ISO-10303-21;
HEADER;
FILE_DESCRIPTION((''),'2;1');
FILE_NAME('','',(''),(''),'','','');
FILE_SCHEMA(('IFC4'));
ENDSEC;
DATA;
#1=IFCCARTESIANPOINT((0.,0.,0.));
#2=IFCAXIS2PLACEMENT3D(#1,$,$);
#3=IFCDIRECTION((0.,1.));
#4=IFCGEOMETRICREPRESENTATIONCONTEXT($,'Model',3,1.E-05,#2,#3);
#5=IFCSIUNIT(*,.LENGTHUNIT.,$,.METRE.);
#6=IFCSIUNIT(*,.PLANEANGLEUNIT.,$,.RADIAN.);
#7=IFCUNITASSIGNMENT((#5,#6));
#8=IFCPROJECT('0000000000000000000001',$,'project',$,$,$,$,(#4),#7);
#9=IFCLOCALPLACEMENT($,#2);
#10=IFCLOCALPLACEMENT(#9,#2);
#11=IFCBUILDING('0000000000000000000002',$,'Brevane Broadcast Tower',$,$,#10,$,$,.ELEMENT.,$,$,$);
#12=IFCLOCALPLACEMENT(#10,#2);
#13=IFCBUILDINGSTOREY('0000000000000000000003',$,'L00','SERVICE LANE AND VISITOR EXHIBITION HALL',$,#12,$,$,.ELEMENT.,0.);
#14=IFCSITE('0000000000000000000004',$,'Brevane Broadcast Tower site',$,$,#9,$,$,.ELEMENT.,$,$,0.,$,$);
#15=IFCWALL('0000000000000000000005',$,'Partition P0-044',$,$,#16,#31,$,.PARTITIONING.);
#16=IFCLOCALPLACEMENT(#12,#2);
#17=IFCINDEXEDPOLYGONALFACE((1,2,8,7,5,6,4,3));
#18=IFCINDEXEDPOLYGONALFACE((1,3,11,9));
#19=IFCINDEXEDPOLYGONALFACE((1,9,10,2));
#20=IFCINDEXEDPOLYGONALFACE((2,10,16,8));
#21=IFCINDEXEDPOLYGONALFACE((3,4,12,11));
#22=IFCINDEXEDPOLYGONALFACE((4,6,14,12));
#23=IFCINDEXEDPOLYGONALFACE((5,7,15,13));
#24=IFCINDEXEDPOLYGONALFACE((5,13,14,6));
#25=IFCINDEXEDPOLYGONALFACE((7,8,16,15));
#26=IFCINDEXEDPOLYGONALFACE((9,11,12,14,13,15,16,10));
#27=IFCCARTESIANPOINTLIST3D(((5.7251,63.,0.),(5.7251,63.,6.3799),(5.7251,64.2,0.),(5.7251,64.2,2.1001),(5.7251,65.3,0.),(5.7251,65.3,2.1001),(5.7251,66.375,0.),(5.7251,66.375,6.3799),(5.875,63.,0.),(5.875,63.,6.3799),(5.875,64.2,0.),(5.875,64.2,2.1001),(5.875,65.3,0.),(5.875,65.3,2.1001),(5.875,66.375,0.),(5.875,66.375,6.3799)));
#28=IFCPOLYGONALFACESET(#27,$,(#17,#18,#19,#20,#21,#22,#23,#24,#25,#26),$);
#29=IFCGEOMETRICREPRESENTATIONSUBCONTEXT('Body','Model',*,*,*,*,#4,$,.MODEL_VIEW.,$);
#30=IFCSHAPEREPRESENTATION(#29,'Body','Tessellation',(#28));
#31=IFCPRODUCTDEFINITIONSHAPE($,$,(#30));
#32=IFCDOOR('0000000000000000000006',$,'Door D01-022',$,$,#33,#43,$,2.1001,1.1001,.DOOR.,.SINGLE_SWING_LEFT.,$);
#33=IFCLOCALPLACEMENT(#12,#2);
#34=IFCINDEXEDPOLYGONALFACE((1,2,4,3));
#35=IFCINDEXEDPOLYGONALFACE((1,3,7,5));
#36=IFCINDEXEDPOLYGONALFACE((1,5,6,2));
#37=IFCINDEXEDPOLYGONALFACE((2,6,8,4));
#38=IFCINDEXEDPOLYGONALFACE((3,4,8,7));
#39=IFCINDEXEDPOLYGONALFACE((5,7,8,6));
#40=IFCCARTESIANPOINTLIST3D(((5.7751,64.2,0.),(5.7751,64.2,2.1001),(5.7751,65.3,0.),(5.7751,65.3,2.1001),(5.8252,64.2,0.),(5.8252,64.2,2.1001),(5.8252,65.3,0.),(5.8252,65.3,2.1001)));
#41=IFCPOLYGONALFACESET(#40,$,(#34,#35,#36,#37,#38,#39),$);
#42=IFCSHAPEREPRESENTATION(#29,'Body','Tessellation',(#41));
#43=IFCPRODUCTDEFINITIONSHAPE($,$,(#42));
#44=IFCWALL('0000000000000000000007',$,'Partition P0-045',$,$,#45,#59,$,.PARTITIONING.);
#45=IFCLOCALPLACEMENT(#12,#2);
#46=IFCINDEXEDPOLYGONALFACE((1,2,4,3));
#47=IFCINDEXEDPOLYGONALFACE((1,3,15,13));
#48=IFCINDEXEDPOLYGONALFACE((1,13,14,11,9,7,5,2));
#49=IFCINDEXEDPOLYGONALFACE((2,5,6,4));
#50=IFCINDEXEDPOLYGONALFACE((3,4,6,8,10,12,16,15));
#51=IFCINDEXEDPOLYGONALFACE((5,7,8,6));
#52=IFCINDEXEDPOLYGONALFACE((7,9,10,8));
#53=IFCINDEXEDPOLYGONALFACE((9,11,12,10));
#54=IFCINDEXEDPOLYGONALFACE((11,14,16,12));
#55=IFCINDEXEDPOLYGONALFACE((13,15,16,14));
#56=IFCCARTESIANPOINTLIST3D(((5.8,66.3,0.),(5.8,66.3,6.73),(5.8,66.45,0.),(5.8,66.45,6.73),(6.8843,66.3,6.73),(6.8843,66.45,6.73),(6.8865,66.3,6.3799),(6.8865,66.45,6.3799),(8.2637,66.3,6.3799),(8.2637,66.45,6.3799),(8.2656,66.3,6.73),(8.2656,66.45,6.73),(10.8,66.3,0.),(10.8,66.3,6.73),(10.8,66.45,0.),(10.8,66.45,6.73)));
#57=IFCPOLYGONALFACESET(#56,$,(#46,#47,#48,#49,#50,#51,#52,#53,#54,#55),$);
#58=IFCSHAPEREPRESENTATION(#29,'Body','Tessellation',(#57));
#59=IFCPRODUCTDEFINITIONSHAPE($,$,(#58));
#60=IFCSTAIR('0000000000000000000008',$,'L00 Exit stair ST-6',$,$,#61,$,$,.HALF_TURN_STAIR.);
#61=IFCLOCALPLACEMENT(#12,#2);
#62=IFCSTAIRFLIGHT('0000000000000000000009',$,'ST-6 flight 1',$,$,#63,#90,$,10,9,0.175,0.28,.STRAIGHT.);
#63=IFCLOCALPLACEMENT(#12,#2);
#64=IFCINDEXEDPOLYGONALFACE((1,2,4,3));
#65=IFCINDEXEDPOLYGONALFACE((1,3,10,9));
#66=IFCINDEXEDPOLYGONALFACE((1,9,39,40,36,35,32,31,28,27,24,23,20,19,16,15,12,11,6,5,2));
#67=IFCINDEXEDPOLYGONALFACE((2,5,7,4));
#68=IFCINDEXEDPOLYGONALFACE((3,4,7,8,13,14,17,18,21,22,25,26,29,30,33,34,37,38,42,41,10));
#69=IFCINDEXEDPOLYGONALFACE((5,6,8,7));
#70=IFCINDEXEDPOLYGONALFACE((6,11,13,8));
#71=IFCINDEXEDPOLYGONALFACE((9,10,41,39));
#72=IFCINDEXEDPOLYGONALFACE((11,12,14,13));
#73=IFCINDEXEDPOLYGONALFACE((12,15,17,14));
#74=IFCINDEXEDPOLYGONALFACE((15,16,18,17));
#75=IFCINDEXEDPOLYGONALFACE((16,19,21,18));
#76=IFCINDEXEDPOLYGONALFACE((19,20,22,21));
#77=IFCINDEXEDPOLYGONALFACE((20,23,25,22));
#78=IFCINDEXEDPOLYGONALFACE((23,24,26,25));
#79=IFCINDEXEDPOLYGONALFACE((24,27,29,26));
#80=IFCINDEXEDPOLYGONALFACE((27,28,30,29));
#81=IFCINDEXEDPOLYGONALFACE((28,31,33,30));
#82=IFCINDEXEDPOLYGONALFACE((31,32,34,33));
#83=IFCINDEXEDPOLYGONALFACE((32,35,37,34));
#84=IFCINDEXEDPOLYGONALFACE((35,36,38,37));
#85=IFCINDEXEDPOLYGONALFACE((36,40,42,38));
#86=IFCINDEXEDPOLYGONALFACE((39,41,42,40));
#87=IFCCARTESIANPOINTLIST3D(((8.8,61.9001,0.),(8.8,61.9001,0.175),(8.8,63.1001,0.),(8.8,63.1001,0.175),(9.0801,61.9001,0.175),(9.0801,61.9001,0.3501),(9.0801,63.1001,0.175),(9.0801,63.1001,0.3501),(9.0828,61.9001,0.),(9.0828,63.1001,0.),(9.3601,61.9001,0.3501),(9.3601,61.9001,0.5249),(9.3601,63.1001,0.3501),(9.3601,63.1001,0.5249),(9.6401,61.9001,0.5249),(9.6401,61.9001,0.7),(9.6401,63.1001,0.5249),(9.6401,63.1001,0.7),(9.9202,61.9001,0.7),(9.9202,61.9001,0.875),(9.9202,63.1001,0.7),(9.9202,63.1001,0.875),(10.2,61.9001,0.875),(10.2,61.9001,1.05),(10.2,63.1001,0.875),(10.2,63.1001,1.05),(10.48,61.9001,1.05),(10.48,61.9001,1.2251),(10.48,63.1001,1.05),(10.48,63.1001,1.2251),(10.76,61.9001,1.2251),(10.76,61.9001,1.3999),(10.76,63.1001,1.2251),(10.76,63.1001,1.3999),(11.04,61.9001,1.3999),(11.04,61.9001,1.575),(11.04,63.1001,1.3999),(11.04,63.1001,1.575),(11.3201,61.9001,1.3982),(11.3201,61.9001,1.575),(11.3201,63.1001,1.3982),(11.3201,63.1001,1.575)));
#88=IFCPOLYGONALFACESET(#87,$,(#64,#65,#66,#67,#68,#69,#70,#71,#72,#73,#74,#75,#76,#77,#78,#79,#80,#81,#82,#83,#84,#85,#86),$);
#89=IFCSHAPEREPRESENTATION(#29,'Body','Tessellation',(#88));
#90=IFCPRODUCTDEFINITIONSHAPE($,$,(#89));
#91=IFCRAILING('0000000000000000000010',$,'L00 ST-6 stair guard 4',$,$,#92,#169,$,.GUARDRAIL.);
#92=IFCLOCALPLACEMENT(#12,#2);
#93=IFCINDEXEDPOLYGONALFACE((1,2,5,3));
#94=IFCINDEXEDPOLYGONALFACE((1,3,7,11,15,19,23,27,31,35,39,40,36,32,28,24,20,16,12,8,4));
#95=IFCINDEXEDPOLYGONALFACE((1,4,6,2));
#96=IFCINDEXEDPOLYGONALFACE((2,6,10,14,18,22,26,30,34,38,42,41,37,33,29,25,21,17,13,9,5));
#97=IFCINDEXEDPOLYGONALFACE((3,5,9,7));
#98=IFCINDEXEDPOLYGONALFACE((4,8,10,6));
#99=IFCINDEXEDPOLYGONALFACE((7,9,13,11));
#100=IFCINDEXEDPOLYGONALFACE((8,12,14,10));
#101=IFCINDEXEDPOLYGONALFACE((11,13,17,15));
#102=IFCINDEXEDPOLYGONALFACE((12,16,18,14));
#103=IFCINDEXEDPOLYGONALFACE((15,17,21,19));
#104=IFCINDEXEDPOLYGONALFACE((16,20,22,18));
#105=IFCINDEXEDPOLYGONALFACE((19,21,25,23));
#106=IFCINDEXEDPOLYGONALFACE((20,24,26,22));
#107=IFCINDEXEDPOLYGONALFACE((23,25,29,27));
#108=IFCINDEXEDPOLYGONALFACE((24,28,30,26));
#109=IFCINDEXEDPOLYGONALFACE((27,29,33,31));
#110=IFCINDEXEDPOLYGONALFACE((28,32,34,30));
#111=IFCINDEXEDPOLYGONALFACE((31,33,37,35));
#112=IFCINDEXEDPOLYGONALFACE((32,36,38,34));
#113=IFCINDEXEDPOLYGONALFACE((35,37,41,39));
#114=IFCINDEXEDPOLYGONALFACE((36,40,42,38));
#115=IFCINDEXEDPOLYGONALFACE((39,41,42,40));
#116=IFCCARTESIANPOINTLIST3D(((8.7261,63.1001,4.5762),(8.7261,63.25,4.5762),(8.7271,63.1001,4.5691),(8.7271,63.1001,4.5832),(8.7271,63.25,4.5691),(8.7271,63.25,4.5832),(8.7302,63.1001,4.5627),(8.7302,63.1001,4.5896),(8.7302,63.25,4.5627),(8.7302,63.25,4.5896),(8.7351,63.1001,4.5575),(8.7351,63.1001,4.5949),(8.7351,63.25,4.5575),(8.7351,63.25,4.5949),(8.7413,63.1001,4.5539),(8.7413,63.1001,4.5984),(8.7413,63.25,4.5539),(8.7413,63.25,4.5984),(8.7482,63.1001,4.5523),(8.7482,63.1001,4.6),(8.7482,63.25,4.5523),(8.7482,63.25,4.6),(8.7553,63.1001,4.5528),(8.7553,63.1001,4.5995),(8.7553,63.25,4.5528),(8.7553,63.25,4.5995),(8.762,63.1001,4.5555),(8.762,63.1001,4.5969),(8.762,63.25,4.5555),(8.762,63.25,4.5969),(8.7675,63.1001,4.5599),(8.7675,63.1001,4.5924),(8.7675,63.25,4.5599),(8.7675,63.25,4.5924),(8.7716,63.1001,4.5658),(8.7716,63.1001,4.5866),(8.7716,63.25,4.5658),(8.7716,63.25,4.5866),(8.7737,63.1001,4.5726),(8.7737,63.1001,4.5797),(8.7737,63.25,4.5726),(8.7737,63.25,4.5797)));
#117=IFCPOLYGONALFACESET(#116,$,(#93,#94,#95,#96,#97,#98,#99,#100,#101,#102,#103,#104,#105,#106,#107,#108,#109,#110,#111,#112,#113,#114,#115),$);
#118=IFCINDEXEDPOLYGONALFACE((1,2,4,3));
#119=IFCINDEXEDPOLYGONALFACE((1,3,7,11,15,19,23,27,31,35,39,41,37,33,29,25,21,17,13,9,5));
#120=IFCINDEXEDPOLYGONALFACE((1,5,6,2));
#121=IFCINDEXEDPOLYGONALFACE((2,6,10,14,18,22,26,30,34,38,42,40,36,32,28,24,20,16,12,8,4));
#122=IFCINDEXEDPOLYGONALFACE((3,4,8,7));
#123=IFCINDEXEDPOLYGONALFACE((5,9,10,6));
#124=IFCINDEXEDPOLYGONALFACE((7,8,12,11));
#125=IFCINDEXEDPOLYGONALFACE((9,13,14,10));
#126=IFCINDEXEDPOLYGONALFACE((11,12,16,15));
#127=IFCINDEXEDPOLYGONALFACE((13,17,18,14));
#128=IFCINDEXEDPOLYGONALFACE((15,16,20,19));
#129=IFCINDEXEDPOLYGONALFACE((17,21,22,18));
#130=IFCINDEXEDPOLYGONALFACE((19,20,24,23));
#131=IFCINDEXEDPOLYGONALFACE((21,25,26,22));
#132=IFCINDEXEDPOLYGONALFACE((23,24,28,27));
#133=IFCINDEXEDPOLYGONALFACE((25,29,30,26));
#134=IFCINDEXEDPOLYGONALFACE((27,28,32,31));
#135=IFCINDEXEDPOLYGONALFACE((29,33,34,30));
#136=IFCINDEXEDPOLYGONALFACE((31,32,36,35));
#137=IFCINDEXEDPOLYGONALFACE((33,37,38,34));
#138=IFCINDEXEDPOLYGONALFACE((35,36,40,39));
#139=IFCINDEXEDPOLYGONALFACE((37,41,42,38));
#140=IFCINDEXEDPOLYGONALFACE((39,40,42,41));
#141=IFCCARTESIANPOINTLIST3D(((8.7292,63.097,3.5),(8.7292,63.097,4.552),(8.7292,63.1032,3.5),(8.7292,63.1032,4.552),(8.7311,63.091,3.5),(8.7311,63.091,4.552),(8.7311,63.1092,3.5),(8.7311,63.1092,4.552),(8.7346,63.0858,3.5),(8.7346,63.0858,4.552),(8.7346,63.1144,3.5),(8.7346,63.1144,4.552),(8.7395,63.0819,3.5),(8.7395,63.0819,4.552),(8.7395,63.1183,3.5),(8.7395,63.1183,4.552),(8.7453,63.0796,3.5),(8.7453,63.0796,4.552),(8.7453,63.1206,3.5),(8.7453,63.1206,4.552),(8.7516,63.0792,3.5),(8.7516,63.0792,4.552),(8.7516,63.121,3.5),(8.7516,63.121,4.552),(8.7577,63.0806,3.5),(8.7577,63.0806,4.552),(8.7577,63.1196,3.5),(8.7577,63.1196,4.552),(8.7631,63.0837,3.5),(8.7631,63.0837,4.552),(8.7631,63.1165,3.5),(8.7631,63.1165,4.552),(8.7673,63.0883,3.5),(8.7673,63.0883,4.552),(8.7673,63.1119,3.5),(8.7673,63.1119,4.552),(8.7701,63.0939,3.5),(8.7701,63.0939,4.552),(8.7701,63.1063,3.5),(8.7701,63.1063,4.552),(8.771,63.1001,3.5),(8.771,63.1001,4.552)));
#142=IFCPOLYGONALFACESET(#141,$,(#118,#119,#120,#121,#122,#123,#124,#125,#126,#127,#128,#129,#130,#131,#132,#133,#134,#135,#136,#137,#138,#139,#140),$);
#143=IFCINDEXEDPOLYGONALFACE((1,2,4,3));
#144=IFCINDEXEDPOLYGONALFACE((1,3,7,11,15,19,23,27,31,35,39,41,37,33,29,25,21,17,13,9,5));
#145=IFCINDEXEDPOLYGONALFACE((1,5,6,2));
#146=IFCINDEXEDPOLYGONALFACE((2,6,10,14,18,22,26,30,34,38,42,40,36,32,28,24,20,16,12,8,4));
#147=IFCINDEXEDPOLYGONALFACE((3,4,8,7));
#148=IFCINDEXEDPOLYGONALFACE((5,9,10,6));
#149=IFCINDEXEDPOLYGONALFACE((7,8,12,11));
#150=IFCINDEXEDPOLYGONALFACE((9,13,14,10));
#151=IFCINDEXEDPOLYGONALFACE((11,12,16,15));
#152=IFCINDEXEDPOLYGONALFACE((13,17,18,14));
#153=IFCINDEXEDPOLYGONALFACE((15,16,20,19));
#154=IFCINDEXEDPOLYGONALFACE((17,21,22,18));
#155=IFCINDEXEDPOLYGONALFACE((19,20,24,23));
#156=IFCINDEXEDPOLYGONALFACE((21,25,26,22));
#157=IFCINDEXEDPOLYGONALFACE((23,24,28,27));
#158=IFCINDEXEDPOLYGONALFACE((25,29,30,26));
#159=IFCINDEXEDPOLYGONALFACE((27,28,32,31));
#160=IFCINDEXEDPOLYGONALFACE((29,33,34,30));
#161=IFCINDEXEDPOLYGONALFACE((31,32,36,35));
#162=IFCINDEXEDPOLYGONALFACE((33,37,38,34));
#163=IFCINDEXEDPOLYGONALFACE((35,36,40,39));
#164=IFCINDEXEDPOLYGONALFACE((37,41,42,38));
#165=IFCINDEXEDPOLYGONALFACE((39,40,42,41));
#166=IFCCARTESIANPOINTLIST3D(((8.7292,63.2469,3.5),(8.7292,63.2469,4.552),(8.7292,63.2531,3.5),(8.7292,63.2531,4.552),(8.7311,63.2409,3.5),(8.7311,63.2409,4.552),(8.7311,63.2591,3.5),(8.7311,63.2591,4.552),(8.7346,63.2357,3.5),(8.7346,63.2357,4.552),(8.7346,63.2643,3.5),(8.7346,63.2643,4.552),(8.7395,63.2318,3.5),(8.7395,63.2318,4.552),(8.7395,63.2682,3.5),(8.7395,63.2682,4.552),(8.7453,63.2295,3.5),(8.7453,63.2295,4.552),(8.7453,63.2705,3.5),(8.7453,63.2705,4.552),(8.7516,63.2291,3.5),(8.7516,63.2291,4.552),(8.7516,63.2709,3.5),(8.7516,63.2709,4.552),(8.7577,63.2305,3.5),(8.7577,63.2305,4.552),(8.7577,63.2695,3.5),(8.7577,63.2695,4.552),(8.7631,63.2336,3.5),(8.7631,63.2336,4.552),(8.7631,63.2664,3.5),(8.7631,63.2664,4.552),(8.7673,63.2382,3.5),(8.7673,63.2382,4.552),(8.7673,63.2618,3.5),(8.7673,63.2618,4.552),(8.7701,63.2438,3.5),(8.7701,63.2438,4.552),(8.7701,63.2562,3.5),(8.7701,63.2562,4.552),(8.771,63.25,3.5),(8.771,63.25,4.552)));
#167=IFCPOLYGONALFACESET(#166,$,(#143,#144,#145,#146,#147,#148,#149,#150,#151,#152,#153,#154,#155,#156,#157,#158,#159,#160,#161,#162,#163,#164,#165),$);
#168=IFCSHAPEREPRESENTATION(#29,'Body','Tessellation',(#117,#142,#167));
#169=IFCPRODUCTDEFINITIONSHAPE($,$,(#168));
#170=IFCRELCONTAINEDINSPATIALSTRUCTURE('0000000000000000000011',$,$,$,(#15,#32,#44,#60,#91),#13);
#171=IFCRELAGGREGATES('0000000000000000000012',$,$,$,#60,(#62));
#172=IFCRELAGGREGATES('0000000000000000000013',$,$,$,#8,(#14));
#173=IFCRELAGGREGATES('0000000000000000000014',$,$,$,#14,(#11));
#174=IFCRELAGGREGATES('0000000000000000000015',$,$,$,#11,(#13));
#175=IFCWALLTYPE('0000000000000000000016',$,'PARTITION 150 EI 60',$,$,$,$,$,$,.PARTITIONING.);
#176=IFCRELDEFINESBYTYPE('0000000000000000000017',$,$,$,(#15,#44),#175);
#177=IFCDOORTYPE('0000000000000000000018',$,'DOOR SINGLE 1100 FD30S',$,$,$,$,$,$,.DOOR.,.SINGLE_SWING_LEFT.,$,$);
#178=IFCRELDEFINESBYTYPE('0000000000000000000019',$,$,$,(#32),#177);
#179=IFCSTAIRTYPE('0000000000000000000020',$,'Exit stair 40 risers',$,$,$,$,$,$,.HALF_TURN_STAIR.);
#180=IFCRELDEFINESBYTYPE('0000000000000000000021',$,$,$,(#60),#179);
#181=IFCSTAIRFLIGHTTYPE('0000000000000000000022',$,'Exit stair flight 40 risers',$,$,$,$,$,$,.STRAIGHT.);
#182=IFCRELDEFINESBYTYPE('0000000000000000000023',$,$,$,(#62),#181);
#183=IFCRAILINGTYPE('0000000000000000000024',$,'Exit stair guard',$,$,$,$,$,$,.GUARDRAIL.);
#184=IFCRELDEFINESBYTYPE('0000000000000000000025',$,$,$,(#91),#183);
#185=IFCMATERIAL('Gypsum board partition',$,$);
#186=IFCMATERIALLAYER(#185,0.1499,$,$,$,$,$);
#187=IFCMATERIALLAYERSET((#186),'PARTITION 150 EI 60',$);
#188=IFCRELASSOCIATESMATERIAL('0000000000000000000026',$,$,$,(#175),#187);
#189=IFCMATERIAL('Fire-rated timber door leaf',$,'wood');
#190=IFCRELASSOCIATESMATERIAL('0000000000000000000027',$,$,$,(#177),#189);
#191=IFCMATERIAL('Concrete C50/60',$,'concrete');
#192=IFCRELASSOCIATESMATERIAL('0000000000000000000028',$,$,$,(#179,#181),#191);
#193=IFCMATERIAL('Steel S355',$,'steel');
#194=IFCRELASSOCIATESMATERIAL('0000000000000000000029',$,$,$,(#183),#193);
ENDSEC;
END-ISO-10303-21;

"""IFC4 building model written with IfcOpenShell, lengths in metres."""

from ifc_helpers import new_model, si_unit, direction, frame, frame_2d, origin, origin_2d, place, context, subcontext, project, spatial, polyline, rectangle, circle, outline, extrude, material, layer, layer_set, type_object, element, fill, aggregate, save


model = new_model("IFC4")

# Units and contexts
model_context = context("Model", 3, precision=1e-05, world=origin(), true_north=direction((0.0, 1.0)))
body_context = subcontext(model_context, "Body", "Model", "MODEL_VIEW")
ifc_project = project(units=[si_unit("LENGTHUNIT", "METRE"), si_unit("PLANEANGLEUNIT", "RADIAN")], contexts=[model_context])

# Site, building, storey
site_placement = place(None, origin())
site = spatial("IfcSite", under=ifc_project, at=site_placement, Name="Brevane Broadcast Tower site", CompositionType="ELEMENT", RefElevation=0.0)
building_placement = place(site_placement, origin())
building = spatial("IfcBuilding", under=site, at=building_placement, Name="Brevane Broadcast Tower", CompositionType="ELEMENT")
storey_placement = place(building_placement, origin())
storey = spatial("IfcBuildingStorey", under=building, at=storey_placement, Name="L00", Description="SERVICE LANE AND VISITOR EXHIBITION HALL", CompositionType="ELEMENT", Elevation=0.0)

# Shared definitions
ifc_material_1 = material(Name="Gypsum board partition")

# Wall, opening, door
ifc_layer_1 = layer(ifc_material_1, 0.1499)
ifc_layer_set_1 = layer_set([ifc_layer_1], Name="PARTITION 150 EI 60")
wall_type_1 = type_object("IfcWallType", Name="PARTITION 150 EI 60", PredefinedType="PARTITIONING", material=ifc_layer_set_1)
wall_1_placement = place(storey_placement, frame((5.8, 63.0, 0.0), z_axis=(0.0, 0.0, 1.0), x_axis=(0.0, 1.0, 0.0)))
wall_1 = element("IfcWall", 1, at=wall_1_placement, inside=storey, type_object=wall_type_1, Name="Partition P0-044", PredefinedType="PARTITIONING", context=body_context, shape_type="SweptSolid", body=[
    extrude(rectangle(XDim=3.375, YDim=0.1499, at=frame_2d((1.6875, 0.0))), origin(), (0.0, 0.0, 1.0), 6.3799),
])
opening_placement = place(wall_1_placement, frame((1.2, 0.0, 0.0)))
opening = element("IfcOpeningElement", 2, at=opening_placement, cuts=wall_1, PredefinedType="OPENING", context=body_context, shape_type="SweptSolid", body=[
    extrude(rectangle(XDim=1.1001, YDim=2.1001, at=frame_2d((0.55, 1.05))), frame((0.0, 0.085, 0.0), z_axis=(0.0, -1.0, 0.0), x_axis=(1.0, 0.0, 0.0)), (0.0, 0.0, 1.0), 0.1699),
])
ifc_material_2 = material(Name="Fire-rated timber door leaf", Category="wood")
door_type = type_object("IfcDoorType", Name="DOOR SINGLE 1100 FD30S", OperationType="SINGLE_SWING_LEFT", PredefinedType="DOOR", material=ifc_material_2)
door_placement = place(opening_placement, origin())
door = element("IfcDoor", 3, at=door_placement, inside=storey, type_object=door_type, Name="Door D01-022", OperationType="SINGLE_SWING_LEFT", OverallHeight=2.1001, OverallWidth=1.1001, PredefinedType="DOOR", context=body_context, shape_type="SweptSolid", body=[
    extrude(rectangle(XDim=1.1001, YDim=2.1001, at=frame_2d((0.55, 1.05))), frame((0.0, 0.0249, 0.0), z_axis=(0.0, -1.0, 0.0), x_axis=(1.0, 0.0, 0.0)), (0.0, 0.0, 1.0), 0.05),
])
fill(opening, door)

# Wall
wall_2_placement = place(storey_placement, frame((5.8, 66.375, 0.0), z_axis=(0.0, 0.0, 1.0), x_axis=(1.0, 0.0, 0.0)))
element("IfcWall", 4, at=wall_2_placement, inside=storey, type_object=wall_type_1, Name="Partition P0-045", PredefinedType="PARTITIONING", context=body_context, shape_type="SweptSolid", body=[
    extrude(outline(polyline([(0.0, 0.0), (5.0, 0.0), (5.0, 6.73), (2.4656, 6.73), (2.4636, 6.3799), (1.0864, 6.3799), (1.0842, 6.73), (0.0, 6.73), (0.0, 0.0)])), frame((0.0, 0.075, 0.0), z_axis=(0.0, -1.0, 0.0), x_axis=(1.0, 0.0, 0.0)), (0.0, 0.0, 1.0), 0.1499),
])

# Stair, stair flight
ifc_material_3 = material(Name="Concrete C50/60", Category="concrete")
stair_type = type_object("IfcStairType", Name="Exit stair 40 risers", PredefinedType="HALF_TURN_STAIR", material=ifc_material_3)
stair_placement = place(storey_placement, origin())
stair = element("IfcStair", 5, at=stair_placement, inside=storey, type_object=stair_type, Name="L00 Exit stair ST-6", PredefinedType="HALF_TURN_STAIR")
stair_flight_type = type_object("IfcStairFlightType", Name="Exit stair flight 40 risers", PredefinedType="STRAIGHT", material=ifc_material_3)
stair_flight_placement = place(storey_placement, frame((8.8, 62.5, 0.0), z_axis=(0.0, 0.0, 1.0), x_axis=(1.0, 0.0, 0.0)))
stair_flight = element("IfcStairFlight", 6, at=stair_flight_placement, type_object=stair_flight_type, Name="ST-6 flight 1", NumberOfRisers=10, NumberOfTreads=9, PredefinedType="STRAIGHT", RiserHeight=0.175, TreadLength=0.28, context=body_context, shape_type="SweptSolid", body=[
    extrude(outline(polyline([(0.0, 0.0), (0.0, 0.175), (0.28, 0.175), (0.28, 0.3501), (0.5601, 0.3501), (0.5601, 0.5249), (0.8401, 0.5249), (0.8401, 0.7), (1.1201, 0.7), (1.1201, 0.875), (1.3999, 0.875), (1.3999, 1.05), (1.6799, 1.05), (1.6799, 1.2251), (1.96, 1.2251), (1.96, 1.3999), (2.24, 1.3999), (2.24, 1.575), (2.52, 1.575), (2.52, 1.75), (2.52, 1.3982), (0.2827, 0.0), (0.0, 0.0)])), frame((0.0, 0.6001, 0.0), z_axis=(0.0, -1.0, 0.0), x_axis=(1.0, 0.0, 0.0)), (0.0, 0.0, 1.0), 1.2),
])
aggregate(stair, [stair_flight])

# Railing
ifc_material_4 = material(Name="Steel S355", Category="steel")
railing_type = type_object("IfcRailingType", Name="Exit stair guard", PredefinedType="GUARDRAIL", material=ifc_material_4)
for number, where, name in (
    (7, (8.75, 63.1001, 3.5), "L00 ST-6 stair guard 4"),
):
    element("IfcRailing", number, at=place(storey_placement, frame(where)), inside=storey, type_object=railing_type, Name=name, PredefinedType="GUARDRAIL", context=body_context, shape_type="SweptSolid", body=[
        extrude(circle(Radius=0.0239, at=origin_2d()), frame((0.0, 0.0, 1.0762), z_axis=(0.0, 1.0, 0.0), x_axis=(-1.0, 0.0, 0.0)), (0.0, 0.0, 1.0), 0.1499),
        extrude(circle(Radius=0.021, at=origin_2d()), origin(), (0.0, 0.0, 1.0), 1.052),
        extrude(circle(Radius=0.021, at=origin_2d()), frame((0.0, 0.1499, 0.0)), (0.0, 0.0, 1.0), 1.052),
    ])

save(model, "model.ifc")
